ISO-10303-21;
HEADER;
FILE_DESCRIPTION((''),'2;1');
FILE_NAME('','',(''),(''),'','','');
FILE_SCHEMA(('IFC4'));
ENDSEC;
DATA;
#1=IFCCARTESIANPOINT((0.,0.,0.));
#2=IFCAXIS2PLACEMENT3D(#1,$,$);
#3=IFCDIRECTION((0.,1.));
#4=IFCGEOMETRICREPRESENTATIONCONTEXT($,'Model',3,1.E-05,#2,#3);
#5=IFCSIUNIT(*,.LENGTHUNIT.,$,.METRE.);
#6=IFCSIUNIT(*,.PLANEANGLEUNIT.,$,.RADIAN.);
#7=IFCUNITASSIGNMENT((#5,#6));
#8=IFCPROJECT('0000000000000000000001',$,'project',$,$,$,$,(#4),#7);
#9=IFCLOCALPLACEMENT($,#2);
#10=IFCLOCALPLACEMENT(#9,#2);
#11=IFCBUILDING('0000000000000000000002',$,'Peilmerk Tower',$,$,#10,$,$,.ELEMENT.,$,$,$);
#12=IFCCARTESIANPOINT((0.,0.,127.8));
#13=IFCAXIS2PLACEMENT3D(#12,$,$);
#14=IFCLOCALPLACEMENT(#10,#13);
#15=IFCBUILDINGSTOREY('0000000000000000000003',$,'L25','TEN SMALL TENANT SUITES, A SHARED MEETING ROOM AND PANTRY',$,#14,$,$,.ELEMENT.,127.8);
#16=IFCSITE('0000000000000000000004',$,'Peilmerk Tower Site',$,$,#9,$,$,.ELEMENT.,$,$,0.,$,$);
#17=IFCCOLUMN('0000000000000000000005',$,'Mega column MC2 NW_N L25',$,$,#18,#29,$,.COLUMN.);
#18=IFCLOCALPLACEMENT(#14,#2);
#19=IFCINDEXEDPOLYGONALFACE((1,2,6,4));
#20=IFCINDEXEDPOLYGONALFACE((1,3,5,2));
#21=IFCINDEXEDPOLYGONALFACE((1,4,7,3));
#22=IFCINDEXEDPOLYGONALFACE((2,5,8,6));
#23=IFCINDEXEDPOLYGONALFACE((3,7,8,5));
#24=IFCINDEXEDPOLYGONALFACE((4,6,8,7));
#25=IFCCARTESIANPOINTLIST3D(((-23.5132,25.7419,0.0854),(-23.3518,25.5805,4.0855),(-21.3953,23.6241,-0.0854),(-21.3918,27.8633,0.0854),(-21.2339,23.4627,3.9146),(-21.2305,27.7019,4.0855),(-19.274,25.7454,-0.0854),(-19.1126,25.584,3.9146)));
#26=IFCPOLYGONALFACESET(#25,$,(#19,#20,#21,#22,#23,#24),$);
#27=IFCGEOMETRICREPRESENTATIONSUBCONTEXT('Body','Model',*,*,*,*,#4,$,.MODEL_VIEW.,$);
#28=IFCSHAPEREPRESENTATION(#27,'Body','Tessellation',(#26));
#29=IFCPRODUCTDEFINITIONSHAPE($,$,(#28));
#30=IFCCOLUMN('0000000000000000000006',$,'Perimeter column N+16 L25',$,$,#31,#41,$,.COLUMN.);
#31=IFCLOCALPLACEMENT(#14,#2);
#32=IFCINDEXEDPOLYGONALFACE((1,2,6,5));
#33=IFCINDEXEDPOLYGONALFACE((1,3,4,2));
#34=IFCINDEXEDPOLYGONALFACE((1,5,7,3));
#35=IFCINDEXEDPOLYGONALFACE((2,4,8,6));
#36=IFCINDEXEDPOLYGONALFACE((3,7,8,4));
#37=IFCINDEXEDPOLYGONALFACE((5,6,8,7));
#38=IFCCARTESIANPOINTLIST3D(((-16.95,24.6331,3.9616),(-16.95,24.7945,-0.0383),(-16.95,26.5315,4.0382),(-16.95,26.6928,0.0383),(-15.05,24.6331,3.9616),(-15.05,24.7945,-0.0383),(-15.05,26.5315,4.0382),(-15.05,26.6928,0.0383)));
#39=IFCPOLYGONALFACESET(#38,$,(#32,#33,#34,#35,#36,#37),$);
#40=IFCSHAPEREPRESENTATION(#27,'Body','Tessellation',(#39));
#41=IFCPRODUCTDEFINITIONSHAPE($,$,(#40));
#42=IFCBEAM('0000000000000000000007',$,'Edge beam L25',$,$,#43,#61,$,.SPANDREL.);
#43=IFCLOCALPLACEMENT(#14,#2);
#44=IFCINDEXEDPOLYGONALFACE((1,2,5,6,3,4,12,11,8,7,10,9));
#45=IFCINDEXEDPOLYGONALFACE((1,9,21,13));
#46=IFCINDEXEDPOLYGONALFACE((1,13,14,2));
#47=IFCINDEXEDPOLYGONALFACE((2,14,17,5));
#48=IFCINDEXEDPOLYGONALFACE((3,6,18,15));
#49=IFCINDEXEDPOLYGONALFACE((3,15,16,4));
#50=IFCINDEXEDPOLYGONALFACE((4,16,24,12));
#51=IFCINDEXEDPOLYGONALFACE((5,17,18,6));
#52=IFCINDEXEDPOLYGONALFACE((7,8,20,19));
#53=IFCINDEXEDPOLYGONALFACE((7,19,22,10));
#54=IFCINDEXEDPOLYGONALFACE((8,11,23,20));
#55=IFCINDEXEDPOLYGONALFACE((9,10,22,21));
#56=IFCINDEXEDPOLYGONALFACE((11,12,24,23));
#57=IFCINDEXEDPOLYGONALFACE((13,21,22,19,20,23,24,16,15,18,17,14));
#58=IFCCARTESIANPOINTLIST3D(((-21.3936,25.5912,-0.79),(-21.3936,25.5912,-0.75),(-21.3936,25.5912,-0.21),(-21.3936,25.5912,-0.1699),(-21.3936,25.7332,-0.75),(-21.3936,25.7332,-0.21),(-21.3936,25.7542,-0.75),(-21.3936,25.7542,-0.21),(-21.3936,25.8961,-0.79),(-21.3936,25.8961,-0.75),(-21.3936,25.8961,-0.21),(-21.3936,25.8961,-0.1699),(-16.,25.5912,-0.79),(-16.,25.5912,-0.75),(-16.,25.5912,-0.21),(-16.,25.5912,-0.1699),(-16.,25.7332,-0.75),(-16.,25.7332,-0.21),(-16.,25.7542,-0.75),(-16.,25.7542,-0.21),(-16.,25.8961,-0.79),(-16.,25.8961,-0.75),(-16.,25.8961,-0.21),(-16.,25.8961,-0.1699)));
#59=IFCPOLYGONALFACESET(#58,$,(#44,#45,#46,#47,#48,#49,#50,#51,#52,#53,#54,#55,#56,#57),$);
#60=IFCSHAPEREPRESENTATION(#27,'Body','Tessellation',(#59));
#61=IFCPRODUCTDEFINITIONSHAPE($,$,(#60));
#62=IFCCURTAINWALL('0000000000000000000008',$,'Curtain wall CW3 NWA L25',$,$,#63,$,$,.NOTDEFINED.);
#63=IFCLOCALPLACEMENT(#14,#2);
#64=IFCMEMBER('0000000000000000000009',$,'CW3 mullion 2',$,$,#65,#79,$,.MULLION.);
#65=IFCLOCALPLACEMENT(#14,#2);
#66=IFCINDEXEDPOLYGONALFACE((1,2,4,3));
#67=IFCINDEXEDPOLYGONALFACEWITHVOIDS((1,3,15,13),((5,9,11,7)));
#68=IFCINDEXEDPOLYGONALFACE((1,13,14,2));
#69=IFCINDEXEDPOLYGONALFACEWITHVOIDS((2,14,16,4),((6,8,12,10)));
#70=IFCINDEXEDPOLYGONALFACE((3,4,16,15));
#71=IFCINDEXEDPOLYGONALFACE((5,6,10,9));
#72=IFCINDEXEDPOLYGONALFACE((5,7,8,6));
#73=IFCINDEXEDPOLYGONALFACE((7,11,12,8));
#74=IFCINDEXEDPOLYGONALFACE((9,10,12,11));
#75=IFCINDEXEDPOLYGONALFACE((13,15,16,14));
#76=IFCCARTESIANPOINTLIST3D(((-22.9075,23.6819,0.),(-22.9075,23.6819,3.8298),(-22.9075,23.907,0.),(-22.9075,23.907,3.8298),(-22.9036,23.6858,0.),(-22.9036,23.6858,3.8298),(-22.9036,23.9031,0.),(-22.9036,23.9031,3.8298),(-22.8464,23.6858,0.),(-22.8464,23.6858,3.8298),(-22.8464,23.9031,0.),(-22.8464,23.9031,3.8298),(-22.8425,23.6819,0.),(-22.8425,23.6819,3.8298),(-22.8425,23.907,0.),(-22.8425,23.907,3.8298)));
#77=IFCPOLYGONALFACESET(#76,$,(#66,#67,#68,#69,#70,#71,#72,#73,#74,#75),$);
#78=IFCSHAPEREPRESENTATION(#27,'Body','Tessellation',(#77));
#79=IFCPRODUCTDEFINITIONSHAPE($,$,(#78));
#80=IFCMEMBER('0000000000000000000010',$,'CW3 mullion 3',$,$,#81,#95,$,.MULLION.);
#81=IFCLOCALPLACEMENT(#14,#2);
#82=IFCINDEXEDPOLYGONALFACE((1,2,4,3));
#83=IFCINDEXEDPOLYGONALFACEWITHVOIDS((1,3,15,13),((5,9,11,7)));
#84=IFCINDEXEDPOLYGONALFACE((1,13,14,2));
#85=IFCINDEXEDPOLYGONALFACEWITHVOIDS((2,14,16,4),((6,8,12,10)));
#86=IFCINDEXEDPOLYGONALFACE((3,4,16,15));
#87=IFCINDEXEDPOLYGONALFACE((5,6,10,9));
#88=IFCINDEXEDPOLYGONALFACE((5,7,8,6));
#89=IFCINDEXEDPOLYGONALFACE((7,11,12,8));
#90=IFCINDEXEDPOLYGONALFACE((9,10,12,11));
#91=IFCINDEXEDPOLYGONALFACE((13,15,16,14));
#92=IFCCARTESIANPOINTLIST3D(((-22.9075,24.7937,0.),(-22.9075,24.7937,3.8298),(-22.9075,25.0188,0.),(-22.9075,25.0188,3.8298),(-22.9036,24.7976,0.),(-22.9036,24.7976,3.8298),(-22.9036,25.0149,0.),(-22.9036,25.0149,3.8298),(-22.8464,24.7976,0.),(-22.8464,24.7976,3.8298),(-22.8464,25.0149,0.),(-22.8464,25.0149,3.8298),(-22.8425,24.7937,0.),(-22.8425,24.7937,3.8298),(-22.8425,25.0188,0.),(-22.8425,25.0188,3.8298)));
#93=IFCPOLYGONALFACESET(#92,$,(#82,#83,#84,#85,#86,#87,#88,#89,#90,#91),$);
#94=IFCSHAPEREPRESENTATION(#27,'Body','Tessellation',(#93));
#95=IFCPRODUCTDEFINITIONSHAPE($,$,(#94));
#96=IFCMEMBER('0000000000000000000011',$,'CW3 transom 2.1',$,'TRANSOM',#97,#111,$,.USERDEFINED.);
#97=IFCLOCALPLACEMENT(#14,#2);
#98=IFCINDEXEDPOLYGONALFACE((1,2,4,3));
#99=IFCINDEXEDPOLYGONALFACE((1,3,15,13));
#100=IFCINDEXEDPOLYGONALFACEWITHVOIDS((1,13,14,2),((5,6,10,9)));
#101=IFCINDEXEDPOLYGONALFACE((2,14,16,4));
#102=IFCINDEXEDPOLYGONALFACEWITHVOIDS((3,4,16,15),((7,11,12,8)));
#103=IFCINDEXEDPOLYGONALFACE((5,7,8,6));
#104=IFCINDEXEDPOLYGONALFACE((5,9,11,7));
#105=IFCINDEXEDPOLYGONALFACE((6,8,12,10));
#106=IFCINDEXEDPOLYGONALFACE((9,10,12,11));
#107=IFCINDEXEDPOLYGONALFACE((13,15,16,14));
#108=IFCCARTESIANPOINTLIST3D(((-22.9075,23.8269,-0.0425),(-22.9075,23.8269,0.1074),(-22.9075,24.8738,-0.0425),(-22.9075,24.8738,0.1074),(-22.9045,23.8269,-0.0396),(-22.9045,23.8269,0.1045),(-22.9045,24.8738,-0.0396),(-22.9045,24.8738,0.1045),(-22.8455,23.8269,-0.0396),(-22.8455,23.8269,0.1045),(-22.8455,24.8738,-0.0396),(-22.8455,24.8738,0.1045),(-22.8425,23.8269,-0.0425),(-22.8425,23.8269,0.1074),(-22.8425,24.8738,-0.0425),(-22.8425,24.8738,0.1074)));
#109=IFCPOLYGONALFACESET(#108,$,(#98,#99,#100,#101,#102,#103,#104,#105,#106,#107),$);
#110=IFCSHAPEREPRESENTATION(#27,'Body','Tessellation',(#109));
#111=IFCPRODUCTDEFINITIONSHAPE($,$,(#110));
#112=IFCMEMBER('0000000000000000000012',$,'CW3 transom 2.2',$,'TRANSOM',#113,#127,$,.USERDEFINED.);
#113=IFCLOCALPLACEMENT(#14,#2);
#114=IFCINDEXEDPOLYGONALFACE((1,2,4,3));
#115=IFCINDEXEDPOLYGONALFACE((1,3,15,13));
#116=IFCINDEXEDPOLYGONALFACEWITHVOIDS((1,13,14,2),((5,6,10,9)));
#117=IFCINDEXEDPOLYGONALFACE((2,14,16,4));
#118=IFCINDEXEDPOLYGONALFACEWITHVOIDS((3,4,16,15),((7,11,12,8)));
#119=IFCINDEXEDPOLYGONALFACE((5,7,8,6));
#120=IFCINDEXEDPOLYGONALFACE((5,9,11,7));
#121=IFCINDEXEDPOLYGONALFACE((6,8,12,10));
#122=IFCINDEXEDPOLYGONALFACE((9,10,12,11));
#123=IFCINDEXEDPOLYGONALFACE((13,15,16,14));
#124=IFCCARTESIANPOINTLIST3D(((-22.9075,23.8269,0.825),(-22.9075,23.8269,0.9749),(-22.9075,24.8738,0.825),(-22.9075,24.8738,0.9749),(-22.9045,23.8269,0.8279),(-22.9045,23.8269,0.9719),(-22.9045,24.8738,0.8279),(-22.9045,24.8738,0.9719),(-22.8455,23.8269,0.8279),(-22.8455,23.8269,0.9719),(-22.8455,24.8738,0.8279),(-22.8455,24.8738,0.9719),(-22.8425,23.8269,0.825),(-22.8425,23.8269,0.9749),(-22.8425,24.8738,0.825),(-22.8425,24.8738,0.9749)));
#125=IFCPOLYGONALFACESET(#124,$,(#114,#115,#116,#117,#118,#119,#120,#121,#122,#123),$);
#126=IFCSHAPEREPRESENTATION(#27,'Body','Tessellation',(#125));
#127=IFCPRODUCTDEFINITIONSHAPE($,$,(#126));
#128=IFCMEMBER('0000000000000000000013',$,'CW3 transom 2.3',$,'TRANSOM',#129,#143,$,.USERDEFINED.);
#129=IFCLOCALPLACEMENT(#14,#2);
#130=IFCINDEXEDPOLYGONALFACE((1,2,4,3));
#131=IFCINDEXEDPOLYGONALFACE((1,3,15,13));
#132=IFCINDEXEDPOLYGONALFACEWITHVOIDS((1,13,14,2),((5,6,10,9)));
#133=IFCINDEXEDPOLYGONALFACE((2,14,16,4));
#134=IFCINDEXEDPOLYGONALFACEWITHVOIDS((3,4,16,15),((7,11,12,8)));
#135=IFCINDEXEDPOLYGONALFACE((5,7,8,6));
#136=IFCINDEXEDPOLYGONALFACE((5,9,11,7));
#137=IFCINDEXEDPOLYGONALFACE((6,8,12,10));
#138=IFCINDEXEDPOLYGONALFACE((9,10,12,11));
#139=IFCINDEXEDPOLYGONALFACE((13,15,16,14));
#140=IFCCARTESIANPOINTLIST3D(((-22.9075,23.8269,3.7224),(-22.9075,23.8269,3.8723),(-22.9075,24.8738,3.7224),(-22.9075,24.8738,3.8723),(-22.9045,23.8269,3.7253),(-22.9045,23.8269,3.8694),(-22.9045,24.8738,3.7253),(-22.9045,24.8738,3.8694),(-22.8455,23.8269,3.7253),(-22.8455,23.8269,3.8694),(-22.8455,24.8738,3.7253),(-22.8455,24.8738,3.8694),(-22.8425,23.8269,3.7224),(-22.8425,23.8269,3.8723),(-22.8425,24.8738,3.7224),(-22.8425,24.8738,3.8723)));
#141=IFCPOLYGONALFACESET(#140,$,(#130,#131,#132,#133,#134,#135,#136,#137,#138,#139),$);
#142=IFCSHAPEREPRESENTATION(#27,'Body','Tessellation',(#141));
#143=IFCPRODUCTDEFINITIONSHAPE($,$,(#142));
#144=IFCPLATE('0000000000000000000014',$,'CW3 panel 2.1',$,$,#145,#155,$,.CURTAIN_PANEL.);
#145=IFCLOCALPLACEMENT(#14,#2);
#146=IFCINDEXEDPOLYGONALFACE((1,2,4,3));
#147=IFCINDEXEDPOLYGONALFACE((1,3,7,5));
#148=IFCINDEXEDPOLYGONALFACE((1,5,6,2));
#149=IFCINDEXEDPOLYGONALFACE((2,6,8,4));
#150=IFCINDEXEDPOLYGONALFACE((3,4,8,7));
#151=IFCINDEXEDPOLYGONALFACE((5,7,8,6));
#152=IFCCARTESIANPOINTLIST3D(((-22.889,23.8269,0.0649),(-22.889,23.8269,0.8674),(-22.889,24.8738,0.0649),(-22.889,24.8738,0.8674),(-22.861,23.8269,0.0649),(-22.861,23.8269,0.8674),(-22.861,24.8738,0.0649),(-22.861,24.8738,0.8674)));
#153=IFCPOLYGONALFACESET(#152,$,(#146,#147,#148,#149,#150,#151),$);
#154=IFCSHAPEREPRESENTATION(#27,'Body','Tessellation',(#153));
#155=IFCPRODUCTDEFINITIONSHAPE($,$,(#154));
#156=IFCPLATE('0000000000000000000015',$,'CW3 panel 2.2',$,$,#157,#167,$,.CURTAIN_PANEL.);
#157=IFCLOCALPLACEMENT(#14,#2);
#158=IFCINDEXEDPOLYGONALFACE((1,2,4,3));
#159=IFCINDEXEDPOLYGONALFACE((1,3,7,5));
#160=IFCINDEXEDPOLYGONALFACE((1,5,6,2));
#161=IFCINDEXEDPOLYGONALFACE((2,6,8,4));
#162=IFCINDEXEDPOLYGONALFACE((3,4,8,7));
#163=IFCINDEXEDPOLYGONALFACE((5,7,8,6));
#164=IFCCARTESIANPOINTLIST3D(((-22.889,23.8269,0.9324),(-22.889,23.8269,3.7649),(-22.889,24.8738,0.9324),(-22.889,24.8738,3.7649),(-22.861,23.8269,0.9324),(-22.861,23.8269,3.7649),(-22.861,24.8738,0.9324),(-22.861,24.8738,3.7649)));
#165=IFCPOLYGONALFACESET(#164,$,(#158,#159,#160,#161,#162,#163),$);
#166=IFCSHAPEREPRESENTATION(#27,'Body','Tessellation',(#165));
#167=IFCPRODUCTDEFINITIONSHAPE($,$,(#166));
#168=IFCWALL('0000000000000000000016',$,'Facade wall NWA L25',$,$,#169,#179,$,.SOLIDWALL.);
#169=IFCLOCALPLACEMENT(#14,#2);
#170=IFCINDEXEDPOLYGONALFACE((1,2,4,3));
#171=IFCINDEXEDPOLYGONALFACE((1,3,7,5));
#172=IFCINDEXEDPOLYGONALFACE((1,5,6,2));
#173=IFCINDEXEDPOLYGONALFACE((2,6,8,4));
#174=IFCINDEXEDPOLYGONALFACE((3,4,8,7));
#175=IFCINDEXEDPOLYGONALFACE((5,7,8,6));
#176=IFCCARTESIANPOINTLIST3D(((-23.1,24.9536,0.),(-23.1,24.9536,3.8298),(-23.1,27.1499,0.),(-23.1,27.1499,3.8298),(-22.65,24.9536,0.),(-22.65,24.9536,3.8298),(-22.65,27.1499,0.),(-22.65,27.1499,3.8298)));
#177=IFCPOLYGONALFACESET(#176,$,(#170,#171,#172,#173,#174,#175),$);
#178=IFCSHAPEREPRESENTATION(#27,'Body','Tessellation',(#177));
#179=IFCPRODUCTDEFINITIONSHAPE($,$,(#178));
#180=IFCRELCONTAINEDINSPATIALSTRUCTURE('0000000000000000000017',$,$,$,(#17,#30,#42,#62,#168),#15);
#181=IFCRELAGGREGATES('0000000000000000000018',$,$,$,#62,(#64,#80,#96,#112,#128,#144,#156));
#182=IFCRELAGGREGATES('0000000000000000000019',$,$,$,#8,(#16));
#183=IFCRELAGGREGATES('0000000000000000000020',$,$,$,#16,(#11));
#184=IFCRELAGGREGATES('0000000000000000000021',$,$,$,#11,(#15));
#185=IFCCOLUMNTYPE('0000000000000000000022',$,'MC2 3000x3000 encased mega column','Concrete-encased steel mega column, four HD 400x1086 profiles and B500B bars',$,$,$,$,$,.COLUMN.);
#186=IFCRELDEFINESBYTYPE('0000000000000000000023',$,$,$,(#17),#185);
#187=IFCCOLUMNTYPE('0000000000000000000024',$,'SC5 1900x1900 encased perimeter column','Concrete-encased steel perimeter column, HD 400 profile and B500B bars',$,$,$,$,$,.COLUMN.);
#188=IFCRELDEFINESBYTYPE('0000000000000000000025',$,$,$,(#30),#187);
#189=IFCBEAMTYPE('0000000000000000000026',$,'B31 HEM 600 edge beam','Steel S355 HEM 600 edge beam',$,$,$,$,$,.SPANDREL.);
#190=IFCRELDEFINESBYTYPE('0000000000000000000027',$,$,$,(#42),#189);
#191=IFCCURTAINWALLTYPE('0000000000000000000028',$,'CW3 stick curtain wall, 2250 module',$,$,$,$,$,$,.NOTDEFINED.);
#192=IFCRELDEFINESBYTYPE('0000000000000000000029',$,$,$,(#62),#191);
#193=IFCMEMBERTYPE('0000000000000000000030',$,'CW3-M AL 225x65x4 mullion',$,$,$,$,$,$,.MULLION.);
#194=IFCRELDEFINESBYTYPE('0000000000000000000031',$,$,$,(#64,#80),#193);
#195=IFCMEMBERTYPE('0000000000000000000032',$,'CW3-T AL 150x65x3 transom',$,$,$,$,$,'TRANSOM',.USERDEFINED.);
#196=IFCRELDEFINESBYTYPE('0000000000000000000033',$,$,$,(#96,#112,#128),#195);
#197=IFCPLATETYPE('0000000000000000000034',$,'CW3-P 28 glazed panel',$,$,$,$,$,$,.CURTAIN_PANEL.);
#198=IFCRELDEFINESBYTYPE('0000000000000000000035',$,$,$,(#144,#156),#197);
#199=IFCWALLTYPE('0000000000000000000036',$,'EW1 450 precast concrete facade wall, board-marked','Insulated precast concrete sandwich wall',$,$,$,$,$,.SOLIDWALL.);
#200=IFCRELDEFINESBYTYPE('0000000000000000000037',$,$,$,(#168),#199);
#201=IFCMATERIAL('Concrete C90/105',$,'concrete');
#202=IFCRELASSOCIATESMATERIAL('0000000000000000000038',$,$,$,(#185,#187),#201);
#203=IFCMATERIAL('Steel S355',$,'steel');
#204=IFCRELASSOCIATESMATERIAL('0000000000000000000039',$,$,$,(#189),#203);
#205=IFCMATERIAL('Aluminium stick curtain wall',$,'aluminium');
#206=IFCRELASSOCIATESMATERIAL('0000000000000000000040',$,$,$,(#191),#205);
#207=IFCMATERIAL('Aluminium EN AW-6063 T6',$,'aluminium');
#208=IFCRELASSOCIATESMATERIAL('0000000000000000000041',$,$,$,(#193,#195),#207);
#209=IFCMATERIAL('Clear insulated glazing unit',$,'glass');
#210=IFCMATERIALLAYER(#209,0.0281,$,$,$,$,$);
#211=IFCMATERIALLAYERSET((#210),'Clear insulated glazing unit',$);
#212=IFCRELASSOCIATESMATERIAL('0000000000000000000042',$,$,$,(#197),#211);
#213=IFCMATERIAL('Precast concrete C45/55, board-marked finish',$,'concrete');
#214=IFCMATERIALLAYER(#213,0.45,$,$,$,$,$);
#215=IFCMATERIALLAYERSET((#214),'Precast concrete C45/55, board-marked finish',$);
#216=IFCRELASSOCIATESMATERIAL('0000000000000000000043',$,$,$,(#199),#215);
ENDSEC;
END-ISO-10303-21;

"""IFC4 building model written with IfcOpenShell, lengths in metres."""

from ifc_helpers import new_model, si_unit, direction, frame, frame_2d, origin, origin_2d, place, context, subcontext, project, spatial, rectangle, hollow_rectangle, i_section, extrude, material, layer, layer_set, material_profile, profile_set, type_object, element, aggregate, save


model = new_model("IFC4")

# Units and contexts
model_context = context("Model", 3, precision=1e-05, world=origin(), true_north=direction((0.0, 1.0)))
body_context = subcontext(model_context, "Body", "Model", "MODEL_VIEW")
ifc_project = project(units=[si_unit("LENGTHUNIT", "METRE"), si_unit("PLANEANGLEUNIT", "RADIAN")], contexts=[model_context])

# Site, building, storey
site_placement = place(None, origin())
site = spatial("IfcSite", under=ifc_project, at=site_placement, Name="Peilmerk Tower Site", CompositionType="ELEMENT", RefElevation=0.0)
building_placement = place(site_placement, origin())
building = spatial("IfcBuilding", under=site, at=building_placement, Name="Peilmerk Tower", CompositionType="ELEMENT")
storey_placement = place(building_placement, frame((0.0, 0.0, 127.8)))
storey = spatial("IfcBuildingStorey", under=building, at=storey_placement, Name="L25", Description="TEN SMALL TENANT SUITES, A SHARED MEETING ROOM AND PANTRY", CompositionType="ELEMENT", Elevation=127.8)

# Columns
ifc_material_1 = material(Name="Concrete C90/105", Category="concrete")
ifc_material_profile_1 = material_profile(ifc_material_1, rectangle(XDim=3.0, YDim=3.0, at=origin_2d()), Name="RC 3000x3000")
ifc_profile_set_1 = profile_set([ifc_material_profile_1], Name="Concrete C90/105")
column_type_1 = type_object("IfcColumnType", Name="MC2 3000x3000 encased mega column", Description="Concrete-encased steel mega column, four HD 400x1086 profiles and B500B bars", PredefinedType="COLUMN", material=ifc_profile_set_1)
column_1_placement = place(storey_placement, frame((-21.3936, 25.7437, 0.0), z_axis=(0.040279, -0.040279, 0.998376), x_axis=(0.707107, 0.707107, 0.0)))
element("IfcColumn", 1, at=column_1_placement, inside=storey, type_object=column_type_1, Name="Mega column MC2 NW_N L25", PredefinedType="COLUMN", context=body_context, shape_type="SweptSolid", body=[
    extrude(rectangle(XDim=3.0, YDim=3.0, at=origin_2d()), origin(), (0.0, 0.0, 1.0), 4.0066),
])
ifc_material_profile_2 = material_profile(ifc_material_1, rectangle(XDim=1.8999, YDim=1.8999, at=origin_2d()), Name="RC 1900x1900")
ifc_profile_set_2 = profile_set([ifc_material_profile_2], Name="Concrete C90/105")
column_type_2 = type_object("IfcColumnType", Name="SC5 1900x1900 encased perimeter column", Description="Concrete-encased steel perimeter column, HD 400 profile and B500B bars", PredefinedType="COLUMN", material=ifc_profile_set_2)
column_2_placement = place(storey_placement, frame((-16.0, 25.7437, 0.0), z_axis=(0.0, -0.040311, 0.999187), x_axis=(1.0, 0.0, 0.0)))
element("IfcColumn", 2, at=column_2_placement, inside=storey, type_object=column_type_2, Name="Perimeter column N+16 L25", PredefinedType="COLUMN", context=body_context, shape_type="SweptSolid", body=[
    extrude(rectangle(XDim=1.8999, YDim=1.8999, at=origin_2d()), origin(), (0.0, 0.0, 1.0), 4.0032),
])

# Beam
ifc_material_2 = material(Name="Steel S355", Category="steel")
ifc_material_profile_3 = material_profile(ifc_material_2, i_section(OverallWidth=0.3049, OverallDepth=0.6201, WebThickness=0.021, FlangeThickness=0.04, at=origin_2d()), Name="HEM 600")
ifc_profile_set_3 = profile_set([ifc_material_profile_3], Name="Steel S355")
beam_type = type_object("IfcBeamType", Name="B31 HEM 600 edge beam", Description="Steel S355 HEM 600 edge beam", PredefinedType="SPANDREL", material=ifc_profile_set_3)
beam_placement = place(storey_placement, frame((-16.0, 25.7437, -0.48), z_axis=(-1.0, 0.0, 0.0), x_axis=(0.0, -1.0, 0.0)))
element("IfcBeam", 3, at=beam_placement, inside=storey, type_object=beam_type, Name="Edge beam L25", PredefinedType="SPANDREL", context=body_context, shape_type="SweptSolid", body=[
    extrude(i_section(OverallWidth=0.3049, OverallDepth=0.6201, WebThickness=0.021, FlangeThickness=0.04, at=origin_2d()), origin(), (0.0, 0.0, 1.0), 5.3936),
])

# Curtain wall, members, plates
ifc_material_3 = material(Name="Aluminium stick curtain wall", Category="aluminium")
curtain_wall_type = type_object("IfcCurtainWallType", Name="CW3 stick curtain wall, 2250 module", PredefinedType="NOTDEFINED", material=ifc_material_3)
curtain_wall_placement = place(storey_placement, origin())
curtain_wall = element("IfcCurtainWall", 4, at=curtain_wall_placement, inside=storey, type_object=curtain_wall_type, Name="Curtain wall CW3 NWA L25", PredefinedType="NOTDEFINED")
ifc_material_4 = material(Name="Aluminium EN AW-6063 T6", Category="aluminium")
ifc_material_profile_4 = material_profile(ifc_material_4, hollow_rectangle(XDim=0.0649, YDim=0.2251, WallThickness=0.0039, at=origin_2d()), Name="AL 225x65x4")
ifc_profile_set_4 = profile_set([ifc_material_profile_4], Name="Aluminium EN AW-6063 T6")
member_type_1 = type_object("IfcMemberType", Name="CW3-M AL 225x65x4 mullion", PredefinedType="MULLION", material=ifc_profile_set_4)
member_1_placement = place(storey_placement, frame((-22.875, 23.7944, 0.0), z_axis=(0.0, 0.0, 1.0), x_axis=(-1.0, 0.0, 0.0)))
member_1 = element("IfcMember", 5, at=member_1_placement, type_object=member_type_1, Name="CW3 mullion 2", PredefinedType="MULLION", context=body_context, shape_type="SweptSolid", body=[
    extrude(hollow_rectangle(XDim=0.0649, YDim=0.2251, WallThickness=0.0039, at=origin_2d()), origin(), (0.0, 0.0, 1.0), 3.8298),
])
member_2_placement = place(storey_placement, frame((-22.875, 24.9062, 0.0), z_axis=(0.0, 0.0, 1.0), x_axis=(-1.0, 0.0, 0.0)))
member_2 = element("IfcMember", 6, at=member_2_placement, type_object=member_type_1, Name="CW3 mullion 3", PredefinedType="MULLION", context=body_context, shape_type="SweptSolid", body=[
    extrude(hollow_rectangle(XDim=0.0649, YDim=0.2251, WallThickness=0.0039, at=origin_2d()), origin(), (0.0, 0.0, 1.0), 3.8298),
])
ifc_material_profile_5 = material_profile(ifc_material_4, hollow_rectangle(XDim=0.0649, YDim=0.1499, WallThickness=0.0029, at=origin_2d()), Name="AL 150x65x3")
ifc_profile_set_5 = profile_set([ifc_material_profile_5], Name="Aluminium EN AW-6063 T6")
member_type_2 = type_object("IfcMemberType", Name="CW3-T AL 150x65x3 transom", ElementType="TRANSOM", PredefinedType="USERDEFINED", material=ifc_profile_set_5)
member_3_placement = place(storey_placement, frame((-22.875, 23.8269, 0.0325), z_axis=(0.0, 1.0, 0.0), x_axis=(-1.0, 0.0, 0.0)))
member_3 = element("IfcMember", 7, at=member_3_placement, type_object=member_type_2, Name="CW3 transom 2.1", ObjectType="TRANSOM", PredefinedType="USERDEFINED", context=body_context, shape_type="SweptSolid", body=[
    extrude(hollow_rectangle(XDim=0.0649, YDim=0.1499, WallThickness=0.0029, at=origin_2d()), origin(), (0.0, 0.0, 1.0), 1.0469),
])
member_4_placement = place(storey_placement, frame((-22.875, 23.8269, 0.8999), z_axis=(0.0, 1.0, 0.0), x_axis=(-1.0, 0.0, 0.0)))
member_4 = element("IfcMember", 8, at=member_4_placement, type_object=member_type_2, Name="CW3 transom 2.2", ObjectType="TRANSOM", PredefinedType="USERDEFINED", context=body_context, shape_type="SweptSolid", body=[
    extrude(hollow_rectangle(XDim=0.0649, YDim=0.1499, WallThickness=0.0029, at=origin_2d()), origin(), (0.0, 0.0, 1.0), 1.0469),
])
member_5_placement = place(storey_placement, frame((-22.875, 23.8269, 3.7974), z_axis=(0.0, 1.0, 0.0), x_axis=(-1.0, 0.0, 0.0)))
member_5 = element("IfcMember", 9, at=member_5_placement, type_object=member_type_2, Name="CW3 transom 2.3", ObjectType="TRANSOM", PredefinedType="USERDEFINED", context=body_context, shape_type="SweptSolid", body=[
    extrude(hollow_rectangle(XDim=0.0649, YDim=0.1499, WallThickness=0.0029, at=origin_2d()), origin(), (0.0, 0.0, 1.0), 1.0469),
])
ifc_material_5 = material(Name="Clear insulated glazing unit", Category="glass")
ifc_layer_1 = layer(ifc_material_5, 0.0281)
ifc_layer_set_1 = layer_set([ifc_layer_1], Name="Clear insulated glazing unit")
plate_type = type_object("IfcPlateType", Name="CW3-P 28 glazed panel", PredefinedType="CURTAIN_PANEL", material=ifc_layer_set_1)
plate_1_placement = place(storey_placement, frame((-22.875, 24.3503, 0.0649), z_axis=(0.0, 0.0, 1.0), x_axis=(0.0, 1.0, 0.0)))
plate_1 = element("IfcPlate", 10, at=plate_1_placement, type_object=plate_type, Name="CW3 panel 2.1", PredefinedType="CURTAIN_PANEL", context=body_context, shape_type="SweptSolid", body=[
    extrude(rectangle(XDim=1.0469, YDim=0.0281, at=origin_2d()), origin(), (0.0, 0.0, 1.0), 0.8025),
])
plate_2_placement = place(storey_placement, frame((-22.875, 24.3503, 0.9324), z_axis=(0.0, 0.0, 1.0), x_axis=(0.0, 1.0, 0.0)))
plate_2 = element("IfcPlate", 11, at=plate_2_placement, type_object=plate_type, Name="CW3 panel 2.2", PredefinedType="CURTAIN_PANEL", context=body_context, shape_type="SweptSolid", body=[
    extrude(rectangle(XDim=1.0469, YDim=0.0281, at=origin_2d()), origin(), (0.0, 0.0, 1.0), 2.8325),
])
aggregate(curtain_wall, [member_1, member_2, member_3, member_4, member_5, plate_1, plate_2])

# Wall
ifc_material_6 = material(Name="Precast concrete C45/55, board-marked finish", Category="concrete")
ifc_layer_2 = layer(ifc_material_6, 0.45)
ifc_layer_set_2 = layer_set([ifc_layer_2], Name="Precast concrete C45/55, board-marked finish")
wall_type = type_object("IfcWallType", Name="EW1 450 precast concrete facade wall, board-marked", Description="Insulated precast concrete sandwich wall", PredefinedType="SOLIDWALL", material=ifc_layer_set_2)
wall_placement = place(storey_placement, frame((-22.875, 24.9536, 0.0), z_axis=(0.0, 0.0, 1.0), x_axis=(0.0, 1.0, 0.0)))
element("IfcWall", 12, at=wall_placement, inside=storey, type_object=wall_type, Name="Facade wall NWA L25", PredefinedType="SOLIDWALL", context=body_context, shape_type="SweptSolid", body=[
    extrude(rectangle(XDim=2.1963, YDim=0.45, at=frame_2d((1.0981, 0.0))), origin(), (0.0, 0.0, 1.0), 3.8298),
])

save(model, "model.ifc")
